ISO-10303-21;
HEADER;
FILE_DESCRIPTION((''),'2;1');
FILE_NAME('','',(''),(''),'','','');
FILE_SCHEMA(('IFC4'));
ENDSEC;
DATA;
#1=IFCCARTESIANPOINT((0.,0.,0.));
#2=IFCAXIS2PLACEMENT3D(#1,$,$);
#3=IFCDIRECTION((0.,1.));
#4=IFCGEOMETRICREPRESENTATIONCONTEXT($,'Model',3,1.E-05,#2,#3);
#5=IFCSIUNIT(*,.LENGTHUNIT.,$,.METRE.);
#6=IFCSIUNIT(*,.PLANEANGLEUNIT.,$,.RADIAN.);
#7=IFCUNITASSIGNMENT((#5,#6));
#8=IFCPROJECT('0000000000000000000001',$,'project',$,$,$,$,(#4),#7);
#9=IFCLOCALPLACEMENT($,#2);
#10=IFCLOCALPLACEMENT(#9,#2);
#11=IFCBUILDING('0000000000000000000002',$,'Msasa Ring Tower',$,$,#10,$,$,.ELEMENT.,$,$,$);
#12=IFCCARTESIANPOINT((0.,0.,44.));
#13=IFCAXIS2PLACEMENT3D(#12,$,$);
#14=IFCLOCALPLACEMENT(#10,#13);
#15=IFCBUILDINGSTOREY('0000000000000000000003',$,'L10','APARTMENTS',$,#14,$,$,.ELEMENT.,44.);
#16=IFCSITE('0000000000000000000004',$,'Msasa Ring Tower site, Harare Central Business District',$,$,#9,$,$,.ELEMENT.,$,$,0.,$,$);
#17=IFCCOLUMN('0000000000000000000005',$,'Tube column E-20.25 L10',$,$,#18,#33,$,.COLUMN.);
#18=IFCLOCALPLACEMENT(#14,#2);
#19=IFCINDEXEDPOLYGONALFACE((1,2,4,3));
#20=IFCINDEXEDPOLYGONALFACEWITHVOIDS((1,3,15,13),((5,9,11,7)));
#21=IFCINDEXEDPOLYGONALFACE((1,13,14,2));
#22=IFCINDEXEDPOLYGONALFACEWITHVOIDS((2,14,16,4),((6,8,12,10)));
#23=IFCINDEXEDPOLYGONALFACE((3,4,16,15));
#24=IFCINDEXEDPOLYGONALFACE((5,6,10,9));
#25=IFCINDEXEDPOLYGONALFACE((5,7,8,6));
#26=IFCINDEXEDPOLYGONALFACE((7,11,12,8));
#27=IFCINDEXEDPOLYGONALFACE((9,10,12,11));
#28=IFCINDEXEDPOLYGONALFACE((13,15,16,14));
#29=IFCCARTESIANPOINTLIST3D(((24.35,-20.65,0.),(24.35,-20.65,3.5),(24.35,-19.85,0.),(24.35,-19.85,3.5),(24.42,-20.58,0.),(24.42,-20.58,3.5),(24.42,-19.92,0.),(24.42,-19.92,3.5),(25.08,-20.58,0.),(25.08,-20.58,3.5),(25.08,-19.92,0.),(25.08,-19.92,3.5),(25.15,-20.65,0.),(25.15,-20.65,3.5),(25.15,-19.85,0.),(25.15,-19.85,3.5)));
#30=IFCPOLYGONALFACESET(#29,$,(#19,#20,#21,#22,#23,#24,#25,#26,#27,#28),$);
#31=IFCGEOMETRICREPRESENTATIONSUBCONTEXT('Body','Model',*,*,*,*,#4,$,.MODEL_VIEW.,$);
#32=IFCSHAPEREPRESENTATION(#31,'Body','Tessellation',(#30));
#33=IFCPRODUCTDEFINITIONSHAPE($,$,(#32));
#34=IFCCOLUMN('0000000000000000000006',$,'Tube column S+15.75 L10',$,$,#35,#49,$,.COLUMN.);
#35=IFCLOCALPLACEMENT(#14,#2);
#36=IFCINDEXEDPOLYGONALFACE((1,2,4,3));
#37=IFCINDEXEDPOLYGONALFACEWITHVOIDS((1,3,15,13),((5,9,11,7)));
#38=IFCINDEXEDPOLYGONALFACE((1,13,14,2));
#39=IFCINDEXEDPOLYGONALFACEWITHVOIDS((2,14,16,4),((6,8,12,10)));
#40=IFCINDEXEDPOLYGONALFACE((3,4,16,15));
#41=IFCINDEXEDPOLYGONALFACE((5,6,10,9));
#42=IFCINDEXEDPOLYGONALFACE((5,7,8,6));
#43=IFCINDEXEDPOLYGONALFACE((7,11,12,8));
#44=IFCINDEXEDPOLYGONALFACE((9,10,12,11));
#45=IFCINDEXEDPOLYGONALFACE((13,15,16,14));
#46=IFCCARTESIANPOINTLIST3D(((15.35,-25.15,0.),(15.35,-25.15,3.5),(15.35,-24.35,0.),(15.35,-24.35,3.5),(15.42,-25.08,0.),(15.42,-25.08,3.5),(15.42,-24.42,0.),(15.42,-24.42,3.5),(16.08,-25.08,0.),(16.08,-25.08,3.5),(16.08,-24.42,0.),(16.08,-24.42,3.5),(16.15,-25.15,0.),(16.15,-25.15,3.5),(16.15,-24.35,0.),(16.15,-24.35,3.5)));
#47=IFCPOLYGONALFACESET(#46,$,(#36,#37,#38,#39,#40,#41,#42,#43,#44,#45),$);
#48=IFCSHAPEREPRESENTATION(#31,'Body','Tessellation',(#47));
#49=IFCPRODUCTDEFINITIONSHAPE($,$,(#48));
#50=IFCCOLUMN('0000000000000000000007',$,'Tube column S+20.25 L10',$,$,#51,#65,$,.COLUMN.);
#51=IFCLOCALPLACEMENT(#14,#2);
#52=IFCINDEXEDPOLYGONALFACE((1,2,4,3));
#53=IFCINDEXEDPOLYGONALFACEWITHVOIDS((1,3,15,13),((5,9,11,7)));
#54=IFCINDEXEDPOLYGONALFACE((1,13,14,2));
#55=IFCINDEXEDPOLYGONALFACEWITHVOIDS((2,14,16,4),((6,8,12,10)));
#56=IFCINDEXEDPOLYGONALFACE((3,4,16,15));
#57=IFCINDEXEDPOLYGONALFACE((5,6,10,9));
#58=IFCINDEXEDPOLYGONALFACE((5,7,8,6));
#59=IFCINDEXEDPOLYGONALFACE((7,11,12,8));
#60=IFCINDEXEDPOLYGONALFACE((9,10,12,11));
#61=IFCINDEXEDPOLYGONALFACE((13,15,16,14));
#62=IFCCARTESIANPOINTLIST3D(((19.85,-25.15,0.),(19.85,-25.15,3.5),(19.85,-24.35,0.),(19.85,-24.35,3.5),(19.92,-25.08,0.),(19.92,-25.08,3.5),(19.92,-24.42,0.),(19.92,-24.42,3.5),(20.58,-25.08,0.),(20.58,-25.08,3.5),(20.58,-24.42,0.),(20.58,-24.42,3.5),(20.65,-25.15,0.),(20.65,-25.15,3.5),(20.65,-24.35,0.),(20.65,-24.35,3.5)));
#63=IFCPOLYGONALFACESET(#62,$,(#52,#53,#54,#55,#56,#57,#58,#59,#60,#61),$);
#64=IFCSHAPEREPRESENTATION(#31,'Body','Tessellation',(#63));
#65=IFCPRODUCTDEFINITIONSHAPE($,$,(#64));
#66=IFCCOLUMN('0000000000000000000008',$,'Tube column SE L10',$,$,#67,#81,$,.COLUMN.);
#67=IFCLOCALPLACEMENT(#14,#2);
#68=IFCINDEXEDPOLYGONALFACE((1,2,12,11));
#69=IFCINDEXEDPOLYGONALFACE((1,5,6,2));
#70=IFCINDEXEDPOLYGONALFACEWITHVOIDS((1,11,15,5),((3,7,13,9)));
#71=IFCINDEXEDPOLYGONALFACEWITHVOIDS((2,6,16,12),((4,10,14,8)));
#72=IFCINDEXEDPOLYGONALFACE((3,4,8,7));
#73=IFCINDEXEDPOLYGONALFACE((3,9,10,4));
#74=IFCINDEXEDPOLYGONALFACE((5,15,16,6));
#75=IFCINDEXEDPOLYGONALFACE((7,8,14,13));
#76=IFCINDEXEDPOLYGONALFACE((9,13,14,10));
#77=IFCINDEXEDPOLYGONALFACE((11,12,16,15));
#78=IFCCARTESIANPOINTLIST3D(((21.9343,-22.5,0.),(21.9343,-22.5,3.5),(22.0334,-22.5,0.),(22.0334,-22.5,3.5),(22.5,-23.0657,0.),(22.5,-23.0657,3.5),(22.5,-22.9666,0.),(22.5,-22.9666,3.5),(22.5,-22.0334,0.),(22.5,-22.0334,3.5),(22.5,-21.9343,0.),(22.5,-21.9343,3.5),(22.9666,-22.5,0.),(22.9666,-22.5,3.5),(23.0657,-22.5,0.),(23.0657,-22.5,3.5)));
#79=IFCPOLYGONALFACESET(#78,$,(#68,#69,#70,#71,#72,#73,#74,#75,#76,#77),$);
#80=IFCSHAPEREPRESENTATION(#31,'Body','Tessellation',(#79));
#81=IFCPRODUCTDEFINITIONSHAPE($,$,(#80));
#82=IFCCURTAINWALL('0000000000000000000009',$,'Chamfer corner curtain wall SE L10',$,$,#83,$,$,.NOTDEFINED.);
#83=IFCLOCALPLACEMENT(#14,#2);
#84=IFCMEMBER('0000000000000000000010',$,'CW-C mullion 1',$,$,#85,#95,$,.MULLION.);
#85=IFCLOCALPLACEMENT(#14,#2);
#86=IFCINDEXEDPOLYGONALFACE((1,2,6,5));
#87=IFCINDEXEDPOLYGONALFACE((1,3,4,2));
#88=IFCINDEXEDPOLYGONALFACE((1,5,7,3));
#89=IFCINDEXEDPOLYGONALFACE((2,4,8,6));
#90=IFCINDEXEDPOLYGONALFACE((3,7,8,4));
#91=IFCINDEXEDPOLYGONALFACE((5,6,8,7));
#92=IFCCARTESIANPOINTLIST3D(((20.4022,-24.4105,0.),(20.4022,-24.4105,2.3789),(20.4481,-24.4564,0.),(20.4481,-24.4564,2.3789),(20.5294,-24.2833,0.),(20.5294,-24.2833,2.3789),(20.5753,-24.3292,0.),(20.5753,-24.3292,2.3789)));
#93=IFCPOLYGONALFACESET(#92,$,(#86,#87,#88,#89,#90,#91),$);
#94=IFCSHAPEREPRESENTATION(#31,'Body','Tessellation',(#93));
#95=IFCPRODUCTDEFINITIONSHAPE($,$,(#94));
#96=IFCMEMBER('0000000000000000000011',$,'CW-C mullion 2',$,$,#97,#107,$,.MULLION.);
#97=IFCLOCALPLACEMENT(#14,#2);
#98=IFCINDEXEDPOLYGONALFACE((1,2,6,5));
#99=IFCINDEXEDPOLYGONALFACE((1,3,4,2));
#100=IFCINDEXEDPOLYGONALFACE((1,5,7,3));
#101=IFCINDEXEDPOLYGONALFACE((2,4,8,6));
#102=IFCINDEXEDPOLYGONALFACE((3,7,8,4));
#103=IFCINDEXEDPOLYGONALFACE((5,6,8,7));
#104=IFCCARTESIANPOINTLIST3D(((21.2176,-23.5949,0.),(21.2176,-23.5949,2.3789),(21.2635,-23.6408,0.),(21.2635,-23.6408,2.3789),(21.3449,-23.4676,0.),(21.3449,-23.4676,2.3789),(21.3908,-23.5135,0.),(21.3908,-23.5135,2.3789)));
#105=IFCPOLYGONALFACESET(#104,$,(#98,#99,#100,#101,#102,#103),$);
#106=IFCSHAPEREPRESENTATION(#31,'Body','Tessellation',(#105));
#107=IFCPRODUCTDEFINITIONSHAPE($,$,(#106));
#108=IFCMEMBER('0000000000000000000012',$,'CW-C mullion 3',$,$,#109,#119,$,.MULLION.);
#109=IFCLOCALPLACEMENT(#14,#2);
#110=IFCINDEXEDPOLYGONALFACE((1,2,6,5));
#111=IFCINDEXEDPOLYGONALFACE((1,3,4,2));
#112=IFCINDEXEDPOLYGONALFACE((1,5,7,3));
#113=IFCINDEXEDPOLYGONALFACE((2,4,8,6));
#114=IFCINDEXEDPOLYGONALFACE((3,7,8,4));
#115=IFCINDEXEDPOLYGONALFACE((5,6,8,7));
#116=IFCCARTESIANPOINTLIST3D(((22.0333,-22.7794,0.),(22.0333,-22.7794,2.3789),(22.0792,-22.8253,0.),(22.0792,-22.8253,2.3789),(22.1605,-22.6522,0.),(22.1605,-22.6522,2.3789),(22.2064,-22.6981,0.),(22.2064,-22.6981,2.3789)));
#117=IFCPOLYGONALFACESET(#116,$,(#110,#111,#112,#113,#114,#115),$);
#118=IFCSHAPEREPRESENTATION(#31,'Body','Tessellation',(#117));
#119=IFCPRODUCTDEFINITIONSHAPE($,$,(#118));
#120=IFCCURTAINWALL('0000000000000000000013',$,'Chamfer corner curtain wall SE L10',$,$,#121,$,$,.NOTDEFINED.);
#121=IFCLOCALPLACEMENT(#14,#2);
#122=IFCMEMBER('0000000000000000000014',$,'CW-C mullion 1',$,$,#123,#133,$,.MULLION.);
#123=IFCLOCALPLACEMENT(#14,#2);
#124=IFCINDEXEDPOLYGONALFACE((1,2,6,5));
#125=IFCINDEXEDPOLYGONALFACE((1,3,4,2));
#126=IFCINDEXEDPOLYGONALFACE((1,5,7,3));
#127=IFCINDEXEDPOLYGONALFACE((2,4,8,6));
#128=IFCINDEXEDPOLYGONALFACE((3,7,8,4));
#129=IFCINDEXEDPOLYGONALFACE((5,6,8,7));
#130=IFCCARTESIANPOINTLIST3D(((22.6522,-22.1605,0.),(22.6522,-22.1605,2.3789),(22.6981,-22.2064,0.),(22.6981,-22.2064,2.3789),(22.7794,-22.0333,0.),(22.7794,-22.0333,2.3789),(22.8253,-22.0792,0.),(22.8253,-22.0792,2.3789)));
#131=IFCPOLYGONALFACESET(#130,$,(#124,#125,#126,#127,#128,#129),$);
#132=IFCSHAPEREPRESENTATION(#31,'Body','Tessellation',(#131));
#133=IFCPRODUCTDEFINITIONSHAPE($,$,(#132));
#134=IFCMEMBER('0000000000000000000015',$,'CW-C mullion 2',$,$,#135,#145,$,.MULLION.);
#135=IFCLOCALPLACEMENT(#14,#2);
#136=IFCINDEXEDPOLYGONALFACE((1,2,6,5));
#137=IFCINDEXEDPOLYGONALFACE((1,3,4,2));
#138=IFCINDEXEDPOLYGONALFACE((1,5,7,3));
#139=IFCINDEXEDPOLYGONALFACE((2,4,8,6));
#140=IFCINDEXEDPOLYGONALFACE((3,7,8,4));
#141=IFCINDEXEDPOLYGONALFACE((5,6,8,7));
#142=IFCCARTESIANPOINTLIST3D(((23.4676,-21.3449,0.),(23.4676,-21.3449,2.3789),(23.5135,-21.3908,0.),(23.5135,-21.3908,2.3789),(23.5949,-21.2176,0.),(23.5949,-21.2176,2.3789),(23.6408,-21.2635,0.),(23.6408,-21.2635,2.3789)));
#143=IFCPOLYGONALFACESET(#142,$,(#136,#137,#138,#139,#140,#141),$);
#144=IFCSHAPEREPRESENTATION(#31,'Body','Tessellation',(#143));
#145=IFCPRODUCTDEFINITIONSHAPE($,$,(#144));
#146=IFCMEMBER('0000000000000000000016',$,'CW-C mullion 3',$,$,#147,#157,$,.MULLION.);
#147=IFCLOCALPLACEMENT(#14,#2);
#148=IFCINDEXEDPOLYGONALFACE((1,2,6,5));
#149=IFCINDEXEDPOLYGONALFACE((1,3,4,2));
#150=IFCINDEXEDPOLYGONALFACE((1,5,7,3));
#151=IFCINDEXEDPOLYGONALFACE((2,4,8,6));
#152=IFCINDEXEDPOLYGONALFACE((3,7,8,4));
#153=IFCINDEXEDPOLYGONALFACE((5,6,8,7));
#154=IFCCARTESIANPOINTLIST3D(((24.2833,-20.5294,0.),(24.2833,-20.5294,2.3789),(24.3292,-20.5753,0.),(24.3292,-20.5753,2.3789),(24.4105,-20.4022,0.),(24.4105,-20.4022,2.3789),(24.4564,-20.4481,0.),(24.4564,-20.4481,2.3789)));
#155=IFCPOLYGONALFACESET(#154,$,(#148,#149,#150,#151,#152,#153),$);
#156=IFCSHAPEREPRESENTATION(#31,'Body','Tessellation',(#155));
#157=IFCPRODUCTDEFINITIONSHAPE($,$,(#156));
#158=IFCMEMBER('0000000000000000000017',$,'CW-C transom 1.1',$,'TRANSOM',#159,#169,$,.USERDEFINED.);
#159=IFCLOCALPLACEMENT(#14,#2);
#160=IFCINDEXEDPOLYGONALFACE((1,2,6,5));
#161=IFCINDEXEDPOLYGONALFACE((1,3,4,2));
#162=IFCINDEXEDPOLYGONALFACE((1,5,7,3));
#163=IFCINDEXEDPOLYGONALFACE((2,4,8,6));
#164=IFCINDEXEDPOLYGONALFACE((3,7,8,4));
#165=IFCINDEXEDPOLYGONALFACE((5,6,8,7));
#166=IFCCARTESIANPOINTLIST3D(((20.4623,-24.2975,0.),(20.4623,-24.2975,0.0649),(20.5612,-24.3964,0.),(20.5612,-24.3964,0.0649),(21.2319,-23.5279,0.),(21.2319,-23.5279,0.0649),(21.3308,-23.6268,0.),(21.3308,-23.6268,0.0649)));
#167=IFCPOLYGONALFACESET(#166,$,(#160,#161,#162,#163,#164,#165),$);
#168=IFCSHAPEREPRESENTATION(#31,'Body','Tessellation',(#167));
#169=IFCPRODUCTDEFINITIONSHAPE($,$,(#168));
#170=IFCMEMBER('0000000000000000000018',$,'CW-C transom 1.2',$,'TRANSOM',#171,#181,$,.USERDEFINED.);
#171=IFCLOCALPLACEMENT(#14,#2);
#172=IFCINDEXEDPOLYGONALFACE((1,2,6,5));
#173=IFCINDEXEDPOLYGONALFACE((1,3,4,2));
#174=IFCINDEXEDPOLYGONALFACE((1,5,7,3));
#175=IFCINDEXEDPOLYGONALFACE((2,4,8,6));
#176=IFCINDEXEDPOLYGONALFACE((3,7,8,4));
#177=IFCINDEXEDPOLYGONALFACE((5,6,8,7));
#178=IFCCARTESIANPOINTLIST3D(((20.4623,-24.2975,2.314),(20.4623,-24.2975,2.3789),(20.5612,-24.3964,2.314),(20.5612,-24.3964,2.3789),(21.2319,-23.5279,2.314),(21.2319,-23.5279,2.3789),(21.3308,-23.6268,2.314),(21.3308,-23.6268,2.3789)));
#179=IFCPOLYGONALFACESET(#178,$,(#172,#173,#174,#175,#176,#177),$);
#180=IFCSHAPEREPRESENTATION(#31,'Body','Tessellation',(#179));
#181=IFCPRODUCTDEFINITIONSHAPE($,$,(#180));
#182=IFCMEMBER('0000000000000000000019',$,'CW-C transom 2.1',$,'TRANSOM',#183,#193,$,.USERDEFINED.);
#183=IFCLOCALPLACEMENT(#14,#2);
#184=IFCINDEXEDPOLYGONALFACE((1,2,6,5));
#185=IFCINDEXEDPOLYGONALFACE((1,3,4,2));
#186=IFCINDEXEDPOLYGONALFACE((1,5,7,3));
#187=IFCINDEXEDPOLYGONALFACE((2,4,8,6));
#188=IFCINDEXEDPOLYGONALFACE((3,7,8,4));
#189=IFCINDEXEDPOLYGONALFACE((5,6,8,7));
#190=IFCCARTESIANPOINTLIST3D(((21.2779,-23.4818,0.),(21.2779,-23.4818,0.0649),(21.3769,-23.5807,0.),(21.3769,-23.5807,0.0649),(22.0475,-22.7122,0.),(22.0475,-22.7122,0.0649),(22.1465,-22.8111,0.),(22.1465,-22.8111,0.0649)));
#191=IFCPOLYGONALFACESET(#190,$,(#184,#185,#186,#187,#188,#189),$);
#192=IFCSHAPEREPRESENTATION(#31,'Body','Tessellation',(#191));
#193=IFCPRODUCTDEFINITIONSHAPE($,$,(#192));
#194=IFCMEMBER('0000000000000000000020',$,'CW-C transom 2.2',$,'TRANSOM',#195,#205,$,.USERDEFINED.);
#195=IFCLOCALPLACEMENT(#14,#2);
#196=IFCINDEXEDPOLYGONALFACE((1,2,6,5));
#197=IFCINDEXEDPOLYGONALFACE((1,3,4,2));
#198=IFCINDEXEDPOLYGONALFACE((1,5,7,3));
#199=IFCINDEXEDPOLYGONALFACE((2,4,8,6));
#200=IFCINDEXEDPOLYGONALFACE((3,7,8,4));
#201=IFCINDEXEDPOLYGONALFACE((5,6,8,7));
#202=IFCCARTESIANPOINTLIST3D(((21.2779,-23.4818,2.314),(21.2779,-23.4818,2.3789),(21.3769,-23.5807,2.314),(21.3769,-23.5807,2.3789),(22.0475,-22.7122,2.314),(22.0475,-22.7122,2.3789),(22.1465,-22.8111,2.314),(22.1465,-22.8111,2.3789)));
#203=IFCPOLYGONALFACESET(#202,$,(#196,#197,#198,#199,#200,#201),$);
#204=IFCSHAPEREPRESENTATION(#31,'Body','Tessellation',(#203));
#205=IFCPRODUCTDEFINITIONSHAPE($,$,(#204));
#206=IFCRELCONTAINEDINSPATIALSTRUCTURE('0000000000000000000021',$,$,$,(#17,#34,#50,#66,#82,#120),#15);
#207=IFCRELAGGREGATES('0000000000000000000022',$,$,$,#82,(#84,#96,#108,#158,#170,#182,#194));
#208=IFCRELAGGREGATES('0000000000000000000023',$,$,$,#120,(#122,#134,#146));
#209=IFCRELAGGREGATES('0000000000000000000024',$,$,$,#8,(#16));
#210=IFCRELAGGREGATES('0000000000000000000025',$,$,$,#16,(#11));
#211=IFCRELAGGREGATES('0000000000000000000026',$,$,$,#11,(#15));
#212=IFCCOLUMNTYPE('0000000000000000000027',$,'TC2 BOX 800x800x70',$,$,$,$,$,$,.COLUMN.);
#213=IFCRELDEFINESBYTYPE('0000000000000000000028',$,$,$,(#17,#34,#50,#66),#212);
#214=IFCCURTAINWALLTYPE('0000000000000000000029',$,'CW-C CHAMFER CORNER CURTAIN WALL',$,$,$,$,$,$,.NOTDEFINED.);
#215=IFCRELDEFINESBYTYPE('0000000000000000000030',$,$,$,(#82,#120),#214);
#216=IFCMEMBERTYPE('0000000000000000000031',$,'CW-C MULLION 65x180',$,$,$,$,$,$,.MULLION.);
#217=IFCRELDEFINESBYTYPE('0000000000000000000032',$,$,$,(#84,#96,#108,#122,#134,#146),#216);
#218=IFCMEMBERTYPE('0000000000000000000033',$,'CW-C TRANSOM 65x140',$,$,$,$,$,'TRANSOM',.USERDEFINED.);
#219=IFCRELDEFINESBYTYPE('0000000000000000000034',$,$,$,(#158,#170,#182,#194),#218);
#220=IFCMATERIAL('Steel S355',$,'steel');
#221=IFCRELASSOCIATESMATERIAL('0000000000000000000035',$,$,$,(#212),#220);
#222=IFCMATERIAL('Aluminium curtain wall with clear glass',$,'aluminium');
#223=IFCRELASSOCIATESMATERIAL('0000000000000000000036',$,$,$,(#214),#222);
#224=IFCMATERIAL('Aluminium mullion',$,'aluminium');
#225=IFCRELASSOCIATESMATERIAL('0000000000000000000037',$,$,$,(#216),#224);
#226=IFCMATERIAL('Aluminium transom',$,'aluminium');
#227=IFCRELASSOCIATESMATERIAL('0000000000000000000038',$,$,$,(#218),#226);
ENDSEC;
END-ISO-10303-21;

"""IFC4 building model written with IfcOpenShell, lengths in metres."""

from ifc_helpers import new_model, si_unit, direction, frame, origin, origin_2d, place, context, subcontext, project, spatial, rectangle, hollow_rectangle, extrude, material, material_profile, profile_set, type_object, element, aggregate, save


model = new_model("IFC4")

# Units and contexts
model_context = context("Model", 3, precision=1e-05, world=origin(), true_north=direction((0.0, 1.0)))
body_context = subcontext(model_context, "Body", "Model", "MODEL_VIEW")
ifc_project = project(units=[si_unit("LENGTHUNIT", "METRE"), si_unit("PLANEANGLEUNIT", "RADIAN")], contexts=[model_context])

# Site, building, storey
site_placement = place(None, origin())
site = spatial("IfcSite", under=ifc_project, at=site_placement, Name="Msasa Ring Tower site, Harare Central Business District", CompositionType="ELEMENT", RefElevation=0.0)
building_placement = place(site_placement, origin())
building = spatial("IfcBuilding", under=site, at=building_placement, Name="Msasa Ring Tower", CompositionType="ELEMENT")
storey_placement = place(building_placement, frame((0.0, 0.0, 44.0)))
storey = spatial("IfcBuildingStorey", under=building, at=storey_placement, Name="L10", Description="APARTMENTS", CompositionType="ELEMENT", Elevation=44.0)

# Columns
ifc_material_1 = material(Name="Steel S355", Category="steel")
ifc_material_profile_1 = material_profile(ifc_material_1, hollow_rectangle(XDim=0.8, YDim=0.8, WallThickness=0.0701, at=origin_2d()), Name="BOX 800x800x70")
ifc_profile_set_1 = profile_set([ifc_material_profile_1], Name="Steel S355")
column_type = type_object("IfcColumnType", Name="TC2 BOX 800x800x70", PredefinedType="COLUMN", material=ifc_profile_set_1)
for number, where, z_axis, x_axis, name in (
    (1, (24.75, -20.25, 0.0), (0.0, 0.0, 1.0), (1.0, 0.0, 0.0), "Tube column E-20.25 L10"),
    (2, (15.75, -24.75, 0.0), (0.0, 0.0, 1.0), (0.0, 1.0, 0.0), "Tube column S+15.75 L10"),
    (3, (20.25, -24.75, 0.0), (0.0, 0.0, 1.0), (0.0, 1.0, 0.0), "Tube column S+20.25 L10"),
    (4, (22.5, -22.5, 0.0), (0.0, 0.0, 1.0), (0.707107, -0.707107, 0.0), "Tube column SE L10"),
):
    element("IfcColumn", number, at=place(storey_placement, frame(where, z_axis=z_axis, x_axis=x_axis)), inside=storey, type_object=column_type, Name=name, PredefinedType="COLUMN", context=body_context, shape_type="SweptSolid", body=[
        extrude(hollow_rectangle(XDim=0.8, YDim=0.8, WallThickness=0.0701, at=origin_2d()), origin(), (0.0, 0.0, 1.0), 3.5),
    ])

# Curtain walls, members
ifc_material_2 = material(Name="Aluminium curtain wall with clear glass", Category="aluminium")
curtain_wall_type = type_object("IfcCurtainWallType", Name="CW-C CHAMFER CORNER CURTAIN WALL", PredefinedType="NOTDEFINED", material=ifc_material_2)
curtain_wall_1_placement = place(storey_placement, origin())
curtain_wall_1 = element("IfcCurtainWall", 5, at=curtain_wall_1_placement, inside=storey, type_object=curtain_wall_type, Name="Chamfer corner curtain wall SE L10", PredefinedType="NOTDEFINED")
ifc_material_3 = material(Name="Aluminium mullion", Category="aluminium")
ifc_material_profile_2 = material_profile(ifc_material_3, rectangle(XDim=0.0649, YDim=0.1799, at=origin_2d()), Name="AL 65x180")
ifc_profile_set_2 = profile_set([ifc_material_profile_2], Name="Aluminium mullion")
member_type_1 = type_object("IfcMemberType", Name="CW-C MULLION 65x180", PredefinedType="MULLION", material=ifc_profile_set_2)
member_1_placement = place(storey_placement, frame((20.4888, -24.3699, 0.0), z_axis=(0.0, 0.0, 1.0), x_axis=(-0.707107, 0.707107, 0.0)))
member_1 = element("IfcMember", 6, at=member_1_placement, type_object=member_type_1, Name="CW-C mullion 1", PredefinedType="MULLION", context=body_context, shape_type="SweptSolid", body=[
    extrude(rectangle(XDim=0.0649, YDim=0.1799, at=origin_2d()), origin(), (0.0, 0.0, 1.0), 2.3789),
])
member_2_placement = place(storey_placement, frame((21.3042, -23.5542, 0.0), z_axis=(0.0, 0.0, 1.0), x_axis=(-0.707107, 0.707107, 0.0)))
member_2 = element("IfcMember", 7, at=member_2_placement, type_object=member_type_1, Name="CW-C mullion 2", PredefinedType="MULLION", context=body_context, shape_type="SweptSolid", body=[
    extrude(rectangle(XDim=0.0649, YDim=0.1799, at=origin_2d()), origin(), (0.0, 0.0, 1.0), 2.3789),
])
member_3_placement = place(storey_placement, frame((22.1199, -22.7388, 0.0), z_axis=(0.0, 0.0, 1.0), x_axis=(-0.707107, 0.707107, 0.0)))
member_3 = element("IfcMember", 8, at=member_3_placement, type_object=member_type_1, Name="CW-C mullion 3", PredefinedType="MULLION", context=body_context, shape_type="SweptSolid", body=[
    extrude(rectangle(XDim=0.0649, YDim=0.1799, at=origin_2d()), origin(), (0.0, 0.0, 1.0), 2.3789),
])
curtain_wall_2_placement = place(storey_placement, origin())
curtain_wall_2 = element("IfcCurtainWall", 9, at=curtain_wall_2_placement, inside=storey, type_object=curtain_wall_type, Name="Chamfer corner curtain wall SE L10", PredefinedType="NOTDEFINED")
member_4_placement = place(storey_placement, frame((22.7388, -22.1199, 0.0), z_axis=(0.0, 0.0, 1.0), x_axis=(-0.707107, 0.707107, 0.0)))
member_4 = element("IfcMember", 10, at=member_4_placement, type_object=member_type_1, Name="CW-C mullion 1", PredefinedType="MULLION", context=body_context, shape_type="SweptSolid", body=[
    extrude(rectangle(XDim=0.0649, YDim=0.1799, at=origin_2d()), origin(), (0.0, 0.0, 1.0), 2.3789),
])
member_5_placement = place(storey_placement, frame((23.5542, -21.3042, 0.0), z_axis=(0.0, 0.0, 1.0), x_axis=(-0.707107, 0.707107, 0.0)))
member_5 = element("IfcMember", 11, at=member_5_placement, type_object=member_type_1, Name="CW-C mullion 2", PredefinedType="MULLION", context=body_context, shape_type="SweptSolid", body=[
    extrude(rectangle(XDim=0.0649, YDim=0.1799, at=origin_2d()), origin(), (0.0, 0.0, 1.0), 2.3789),
])
member_6_placement = place(storey_placement, frame((24.3699, -20.4888, 0.0), z_axis=(0.0, 0.0, 1.0), x_axis=(-0.707107, 0.707107, 0.0)))
member_6 = element("IfcMember", 12, at=member_6_placement, type_object=member_type_1, Name="CW-C mullion 3", PredefinedType="MULLION", context=body_context, shape_type="SweptSolid", body=[
    extrude(rectangle(XDim=0.0649, YDim=0.1799, at=origin_2d()), origin(), (0.0, 0.0, 1.0), 2.3789),
])

# Members
ifc_material_4 = material(Name="Aluminium transom", Category="aluminium")
ifc_material_profile_3 = material_profile(ifc_material_4, rectangle(XDim=0.1399, YDim=0.0649, at=origin_2d()), Name="AL 65x140")
ifc_profile_set_3 = profile_set([ifc_material_profile_3], Name="Aluminium transom")
member_type_2 = type_object("IfcMemberType", Name="CW-C TRANSOM 65x140", ElementType="TRANSOM", PredefinedType="USERDEFINED", material=ifc_profile_set_3)
member_7_placement = place(storey_placement, frame((20.5117, -24.3469, 0.0325), z_axis=(0.707107, 0.707107, 0.0), x_axis=(-0.707107, 0.707107, 0.0)))
member_7 = element("IfcMember", 13, at=member_7_placement, type_object=member_type_2, Name="CW-C transom 1.1", ObjectType="TRANSOM", PredefinedType="USERDEFINED", context=body_context, shape_type="SweptSolid", body=[
    extrude(rectangle(XDim=0.1399, YDim=0.0649, at=origin_2d()), origin(), (0.0, 0.0, 1.0), 1.0884),
])
member_8_placement = place(storey_placement, frame((20.5117, -24.3469, 2.3464), z_axis=(0.707107, 0.707107, 0.0), x_axis=(-0.707107, 0.707107, 0.0)))
member_8 = element("IfcMember", 14, at=member_8_placement, type_object=member_type_2, Name="CW-C transom 1.2", ObjectType="TRANSOM", PredefinedType="USERDEFINED", context=body_context, shape_type="SweptSolid", body=[
    extrude(rectangle(XDim=0.1399, YDim=0.0649, at=origin_2d()), origin(), (0.0, 0.0, 1.0), 1.0884),
])
member_9_placement = place(storey_placement, frame((21.3274, -23.5312, 0.0325), z_axis=(0.707107, 0.707107, 0.0), x_axis=(-0.707107, 0.707107, 0.0)))
member_9 = element("IfcMember", 15, at=member_9_placement, type_object=member_type_2, Name="CW-C transom 2.1", ObjectType="TRANSOM", PredefinedType="USERDEFINED", context=body_context, shape_type="SweptSolid", body=[
    extrude(rectangle(XDim=0.1399, YDim=0.0649, at=origin_2d()), origin(), (0.0, 0.0, 1.0), 1.0884),
])
member_10_placement = place(storey_placement, frame((21.3274, -23.5312, 2.3464), z_axis=(0.707107, 0.707107, 0.0), x_axis=(-0.707107, 0.707107, 0.0)))
member_10 = element("IfcMember", 16, at=member_10_placement, type_object=member_type_2, Name="CW-C transom 2.2", ObjectType="TRANSOM", PredefinedType="USERDEFINED", context=body_context, shape_type="SweptSolid", body=[
    extrude(rectangle(XDim=0.1399, YDim=0.0649, at=origin_2d()), origin(), (0.0, 0.0, 1.0), 1.0884),
])

aggregate(curtain_wall_1, [member_1, member_2, member_3, member_7, member_8, member_9, member_10])
aggregate(curtain_wall_2, [member_4, member_5, member_6])

save(model, "model.ifc")
